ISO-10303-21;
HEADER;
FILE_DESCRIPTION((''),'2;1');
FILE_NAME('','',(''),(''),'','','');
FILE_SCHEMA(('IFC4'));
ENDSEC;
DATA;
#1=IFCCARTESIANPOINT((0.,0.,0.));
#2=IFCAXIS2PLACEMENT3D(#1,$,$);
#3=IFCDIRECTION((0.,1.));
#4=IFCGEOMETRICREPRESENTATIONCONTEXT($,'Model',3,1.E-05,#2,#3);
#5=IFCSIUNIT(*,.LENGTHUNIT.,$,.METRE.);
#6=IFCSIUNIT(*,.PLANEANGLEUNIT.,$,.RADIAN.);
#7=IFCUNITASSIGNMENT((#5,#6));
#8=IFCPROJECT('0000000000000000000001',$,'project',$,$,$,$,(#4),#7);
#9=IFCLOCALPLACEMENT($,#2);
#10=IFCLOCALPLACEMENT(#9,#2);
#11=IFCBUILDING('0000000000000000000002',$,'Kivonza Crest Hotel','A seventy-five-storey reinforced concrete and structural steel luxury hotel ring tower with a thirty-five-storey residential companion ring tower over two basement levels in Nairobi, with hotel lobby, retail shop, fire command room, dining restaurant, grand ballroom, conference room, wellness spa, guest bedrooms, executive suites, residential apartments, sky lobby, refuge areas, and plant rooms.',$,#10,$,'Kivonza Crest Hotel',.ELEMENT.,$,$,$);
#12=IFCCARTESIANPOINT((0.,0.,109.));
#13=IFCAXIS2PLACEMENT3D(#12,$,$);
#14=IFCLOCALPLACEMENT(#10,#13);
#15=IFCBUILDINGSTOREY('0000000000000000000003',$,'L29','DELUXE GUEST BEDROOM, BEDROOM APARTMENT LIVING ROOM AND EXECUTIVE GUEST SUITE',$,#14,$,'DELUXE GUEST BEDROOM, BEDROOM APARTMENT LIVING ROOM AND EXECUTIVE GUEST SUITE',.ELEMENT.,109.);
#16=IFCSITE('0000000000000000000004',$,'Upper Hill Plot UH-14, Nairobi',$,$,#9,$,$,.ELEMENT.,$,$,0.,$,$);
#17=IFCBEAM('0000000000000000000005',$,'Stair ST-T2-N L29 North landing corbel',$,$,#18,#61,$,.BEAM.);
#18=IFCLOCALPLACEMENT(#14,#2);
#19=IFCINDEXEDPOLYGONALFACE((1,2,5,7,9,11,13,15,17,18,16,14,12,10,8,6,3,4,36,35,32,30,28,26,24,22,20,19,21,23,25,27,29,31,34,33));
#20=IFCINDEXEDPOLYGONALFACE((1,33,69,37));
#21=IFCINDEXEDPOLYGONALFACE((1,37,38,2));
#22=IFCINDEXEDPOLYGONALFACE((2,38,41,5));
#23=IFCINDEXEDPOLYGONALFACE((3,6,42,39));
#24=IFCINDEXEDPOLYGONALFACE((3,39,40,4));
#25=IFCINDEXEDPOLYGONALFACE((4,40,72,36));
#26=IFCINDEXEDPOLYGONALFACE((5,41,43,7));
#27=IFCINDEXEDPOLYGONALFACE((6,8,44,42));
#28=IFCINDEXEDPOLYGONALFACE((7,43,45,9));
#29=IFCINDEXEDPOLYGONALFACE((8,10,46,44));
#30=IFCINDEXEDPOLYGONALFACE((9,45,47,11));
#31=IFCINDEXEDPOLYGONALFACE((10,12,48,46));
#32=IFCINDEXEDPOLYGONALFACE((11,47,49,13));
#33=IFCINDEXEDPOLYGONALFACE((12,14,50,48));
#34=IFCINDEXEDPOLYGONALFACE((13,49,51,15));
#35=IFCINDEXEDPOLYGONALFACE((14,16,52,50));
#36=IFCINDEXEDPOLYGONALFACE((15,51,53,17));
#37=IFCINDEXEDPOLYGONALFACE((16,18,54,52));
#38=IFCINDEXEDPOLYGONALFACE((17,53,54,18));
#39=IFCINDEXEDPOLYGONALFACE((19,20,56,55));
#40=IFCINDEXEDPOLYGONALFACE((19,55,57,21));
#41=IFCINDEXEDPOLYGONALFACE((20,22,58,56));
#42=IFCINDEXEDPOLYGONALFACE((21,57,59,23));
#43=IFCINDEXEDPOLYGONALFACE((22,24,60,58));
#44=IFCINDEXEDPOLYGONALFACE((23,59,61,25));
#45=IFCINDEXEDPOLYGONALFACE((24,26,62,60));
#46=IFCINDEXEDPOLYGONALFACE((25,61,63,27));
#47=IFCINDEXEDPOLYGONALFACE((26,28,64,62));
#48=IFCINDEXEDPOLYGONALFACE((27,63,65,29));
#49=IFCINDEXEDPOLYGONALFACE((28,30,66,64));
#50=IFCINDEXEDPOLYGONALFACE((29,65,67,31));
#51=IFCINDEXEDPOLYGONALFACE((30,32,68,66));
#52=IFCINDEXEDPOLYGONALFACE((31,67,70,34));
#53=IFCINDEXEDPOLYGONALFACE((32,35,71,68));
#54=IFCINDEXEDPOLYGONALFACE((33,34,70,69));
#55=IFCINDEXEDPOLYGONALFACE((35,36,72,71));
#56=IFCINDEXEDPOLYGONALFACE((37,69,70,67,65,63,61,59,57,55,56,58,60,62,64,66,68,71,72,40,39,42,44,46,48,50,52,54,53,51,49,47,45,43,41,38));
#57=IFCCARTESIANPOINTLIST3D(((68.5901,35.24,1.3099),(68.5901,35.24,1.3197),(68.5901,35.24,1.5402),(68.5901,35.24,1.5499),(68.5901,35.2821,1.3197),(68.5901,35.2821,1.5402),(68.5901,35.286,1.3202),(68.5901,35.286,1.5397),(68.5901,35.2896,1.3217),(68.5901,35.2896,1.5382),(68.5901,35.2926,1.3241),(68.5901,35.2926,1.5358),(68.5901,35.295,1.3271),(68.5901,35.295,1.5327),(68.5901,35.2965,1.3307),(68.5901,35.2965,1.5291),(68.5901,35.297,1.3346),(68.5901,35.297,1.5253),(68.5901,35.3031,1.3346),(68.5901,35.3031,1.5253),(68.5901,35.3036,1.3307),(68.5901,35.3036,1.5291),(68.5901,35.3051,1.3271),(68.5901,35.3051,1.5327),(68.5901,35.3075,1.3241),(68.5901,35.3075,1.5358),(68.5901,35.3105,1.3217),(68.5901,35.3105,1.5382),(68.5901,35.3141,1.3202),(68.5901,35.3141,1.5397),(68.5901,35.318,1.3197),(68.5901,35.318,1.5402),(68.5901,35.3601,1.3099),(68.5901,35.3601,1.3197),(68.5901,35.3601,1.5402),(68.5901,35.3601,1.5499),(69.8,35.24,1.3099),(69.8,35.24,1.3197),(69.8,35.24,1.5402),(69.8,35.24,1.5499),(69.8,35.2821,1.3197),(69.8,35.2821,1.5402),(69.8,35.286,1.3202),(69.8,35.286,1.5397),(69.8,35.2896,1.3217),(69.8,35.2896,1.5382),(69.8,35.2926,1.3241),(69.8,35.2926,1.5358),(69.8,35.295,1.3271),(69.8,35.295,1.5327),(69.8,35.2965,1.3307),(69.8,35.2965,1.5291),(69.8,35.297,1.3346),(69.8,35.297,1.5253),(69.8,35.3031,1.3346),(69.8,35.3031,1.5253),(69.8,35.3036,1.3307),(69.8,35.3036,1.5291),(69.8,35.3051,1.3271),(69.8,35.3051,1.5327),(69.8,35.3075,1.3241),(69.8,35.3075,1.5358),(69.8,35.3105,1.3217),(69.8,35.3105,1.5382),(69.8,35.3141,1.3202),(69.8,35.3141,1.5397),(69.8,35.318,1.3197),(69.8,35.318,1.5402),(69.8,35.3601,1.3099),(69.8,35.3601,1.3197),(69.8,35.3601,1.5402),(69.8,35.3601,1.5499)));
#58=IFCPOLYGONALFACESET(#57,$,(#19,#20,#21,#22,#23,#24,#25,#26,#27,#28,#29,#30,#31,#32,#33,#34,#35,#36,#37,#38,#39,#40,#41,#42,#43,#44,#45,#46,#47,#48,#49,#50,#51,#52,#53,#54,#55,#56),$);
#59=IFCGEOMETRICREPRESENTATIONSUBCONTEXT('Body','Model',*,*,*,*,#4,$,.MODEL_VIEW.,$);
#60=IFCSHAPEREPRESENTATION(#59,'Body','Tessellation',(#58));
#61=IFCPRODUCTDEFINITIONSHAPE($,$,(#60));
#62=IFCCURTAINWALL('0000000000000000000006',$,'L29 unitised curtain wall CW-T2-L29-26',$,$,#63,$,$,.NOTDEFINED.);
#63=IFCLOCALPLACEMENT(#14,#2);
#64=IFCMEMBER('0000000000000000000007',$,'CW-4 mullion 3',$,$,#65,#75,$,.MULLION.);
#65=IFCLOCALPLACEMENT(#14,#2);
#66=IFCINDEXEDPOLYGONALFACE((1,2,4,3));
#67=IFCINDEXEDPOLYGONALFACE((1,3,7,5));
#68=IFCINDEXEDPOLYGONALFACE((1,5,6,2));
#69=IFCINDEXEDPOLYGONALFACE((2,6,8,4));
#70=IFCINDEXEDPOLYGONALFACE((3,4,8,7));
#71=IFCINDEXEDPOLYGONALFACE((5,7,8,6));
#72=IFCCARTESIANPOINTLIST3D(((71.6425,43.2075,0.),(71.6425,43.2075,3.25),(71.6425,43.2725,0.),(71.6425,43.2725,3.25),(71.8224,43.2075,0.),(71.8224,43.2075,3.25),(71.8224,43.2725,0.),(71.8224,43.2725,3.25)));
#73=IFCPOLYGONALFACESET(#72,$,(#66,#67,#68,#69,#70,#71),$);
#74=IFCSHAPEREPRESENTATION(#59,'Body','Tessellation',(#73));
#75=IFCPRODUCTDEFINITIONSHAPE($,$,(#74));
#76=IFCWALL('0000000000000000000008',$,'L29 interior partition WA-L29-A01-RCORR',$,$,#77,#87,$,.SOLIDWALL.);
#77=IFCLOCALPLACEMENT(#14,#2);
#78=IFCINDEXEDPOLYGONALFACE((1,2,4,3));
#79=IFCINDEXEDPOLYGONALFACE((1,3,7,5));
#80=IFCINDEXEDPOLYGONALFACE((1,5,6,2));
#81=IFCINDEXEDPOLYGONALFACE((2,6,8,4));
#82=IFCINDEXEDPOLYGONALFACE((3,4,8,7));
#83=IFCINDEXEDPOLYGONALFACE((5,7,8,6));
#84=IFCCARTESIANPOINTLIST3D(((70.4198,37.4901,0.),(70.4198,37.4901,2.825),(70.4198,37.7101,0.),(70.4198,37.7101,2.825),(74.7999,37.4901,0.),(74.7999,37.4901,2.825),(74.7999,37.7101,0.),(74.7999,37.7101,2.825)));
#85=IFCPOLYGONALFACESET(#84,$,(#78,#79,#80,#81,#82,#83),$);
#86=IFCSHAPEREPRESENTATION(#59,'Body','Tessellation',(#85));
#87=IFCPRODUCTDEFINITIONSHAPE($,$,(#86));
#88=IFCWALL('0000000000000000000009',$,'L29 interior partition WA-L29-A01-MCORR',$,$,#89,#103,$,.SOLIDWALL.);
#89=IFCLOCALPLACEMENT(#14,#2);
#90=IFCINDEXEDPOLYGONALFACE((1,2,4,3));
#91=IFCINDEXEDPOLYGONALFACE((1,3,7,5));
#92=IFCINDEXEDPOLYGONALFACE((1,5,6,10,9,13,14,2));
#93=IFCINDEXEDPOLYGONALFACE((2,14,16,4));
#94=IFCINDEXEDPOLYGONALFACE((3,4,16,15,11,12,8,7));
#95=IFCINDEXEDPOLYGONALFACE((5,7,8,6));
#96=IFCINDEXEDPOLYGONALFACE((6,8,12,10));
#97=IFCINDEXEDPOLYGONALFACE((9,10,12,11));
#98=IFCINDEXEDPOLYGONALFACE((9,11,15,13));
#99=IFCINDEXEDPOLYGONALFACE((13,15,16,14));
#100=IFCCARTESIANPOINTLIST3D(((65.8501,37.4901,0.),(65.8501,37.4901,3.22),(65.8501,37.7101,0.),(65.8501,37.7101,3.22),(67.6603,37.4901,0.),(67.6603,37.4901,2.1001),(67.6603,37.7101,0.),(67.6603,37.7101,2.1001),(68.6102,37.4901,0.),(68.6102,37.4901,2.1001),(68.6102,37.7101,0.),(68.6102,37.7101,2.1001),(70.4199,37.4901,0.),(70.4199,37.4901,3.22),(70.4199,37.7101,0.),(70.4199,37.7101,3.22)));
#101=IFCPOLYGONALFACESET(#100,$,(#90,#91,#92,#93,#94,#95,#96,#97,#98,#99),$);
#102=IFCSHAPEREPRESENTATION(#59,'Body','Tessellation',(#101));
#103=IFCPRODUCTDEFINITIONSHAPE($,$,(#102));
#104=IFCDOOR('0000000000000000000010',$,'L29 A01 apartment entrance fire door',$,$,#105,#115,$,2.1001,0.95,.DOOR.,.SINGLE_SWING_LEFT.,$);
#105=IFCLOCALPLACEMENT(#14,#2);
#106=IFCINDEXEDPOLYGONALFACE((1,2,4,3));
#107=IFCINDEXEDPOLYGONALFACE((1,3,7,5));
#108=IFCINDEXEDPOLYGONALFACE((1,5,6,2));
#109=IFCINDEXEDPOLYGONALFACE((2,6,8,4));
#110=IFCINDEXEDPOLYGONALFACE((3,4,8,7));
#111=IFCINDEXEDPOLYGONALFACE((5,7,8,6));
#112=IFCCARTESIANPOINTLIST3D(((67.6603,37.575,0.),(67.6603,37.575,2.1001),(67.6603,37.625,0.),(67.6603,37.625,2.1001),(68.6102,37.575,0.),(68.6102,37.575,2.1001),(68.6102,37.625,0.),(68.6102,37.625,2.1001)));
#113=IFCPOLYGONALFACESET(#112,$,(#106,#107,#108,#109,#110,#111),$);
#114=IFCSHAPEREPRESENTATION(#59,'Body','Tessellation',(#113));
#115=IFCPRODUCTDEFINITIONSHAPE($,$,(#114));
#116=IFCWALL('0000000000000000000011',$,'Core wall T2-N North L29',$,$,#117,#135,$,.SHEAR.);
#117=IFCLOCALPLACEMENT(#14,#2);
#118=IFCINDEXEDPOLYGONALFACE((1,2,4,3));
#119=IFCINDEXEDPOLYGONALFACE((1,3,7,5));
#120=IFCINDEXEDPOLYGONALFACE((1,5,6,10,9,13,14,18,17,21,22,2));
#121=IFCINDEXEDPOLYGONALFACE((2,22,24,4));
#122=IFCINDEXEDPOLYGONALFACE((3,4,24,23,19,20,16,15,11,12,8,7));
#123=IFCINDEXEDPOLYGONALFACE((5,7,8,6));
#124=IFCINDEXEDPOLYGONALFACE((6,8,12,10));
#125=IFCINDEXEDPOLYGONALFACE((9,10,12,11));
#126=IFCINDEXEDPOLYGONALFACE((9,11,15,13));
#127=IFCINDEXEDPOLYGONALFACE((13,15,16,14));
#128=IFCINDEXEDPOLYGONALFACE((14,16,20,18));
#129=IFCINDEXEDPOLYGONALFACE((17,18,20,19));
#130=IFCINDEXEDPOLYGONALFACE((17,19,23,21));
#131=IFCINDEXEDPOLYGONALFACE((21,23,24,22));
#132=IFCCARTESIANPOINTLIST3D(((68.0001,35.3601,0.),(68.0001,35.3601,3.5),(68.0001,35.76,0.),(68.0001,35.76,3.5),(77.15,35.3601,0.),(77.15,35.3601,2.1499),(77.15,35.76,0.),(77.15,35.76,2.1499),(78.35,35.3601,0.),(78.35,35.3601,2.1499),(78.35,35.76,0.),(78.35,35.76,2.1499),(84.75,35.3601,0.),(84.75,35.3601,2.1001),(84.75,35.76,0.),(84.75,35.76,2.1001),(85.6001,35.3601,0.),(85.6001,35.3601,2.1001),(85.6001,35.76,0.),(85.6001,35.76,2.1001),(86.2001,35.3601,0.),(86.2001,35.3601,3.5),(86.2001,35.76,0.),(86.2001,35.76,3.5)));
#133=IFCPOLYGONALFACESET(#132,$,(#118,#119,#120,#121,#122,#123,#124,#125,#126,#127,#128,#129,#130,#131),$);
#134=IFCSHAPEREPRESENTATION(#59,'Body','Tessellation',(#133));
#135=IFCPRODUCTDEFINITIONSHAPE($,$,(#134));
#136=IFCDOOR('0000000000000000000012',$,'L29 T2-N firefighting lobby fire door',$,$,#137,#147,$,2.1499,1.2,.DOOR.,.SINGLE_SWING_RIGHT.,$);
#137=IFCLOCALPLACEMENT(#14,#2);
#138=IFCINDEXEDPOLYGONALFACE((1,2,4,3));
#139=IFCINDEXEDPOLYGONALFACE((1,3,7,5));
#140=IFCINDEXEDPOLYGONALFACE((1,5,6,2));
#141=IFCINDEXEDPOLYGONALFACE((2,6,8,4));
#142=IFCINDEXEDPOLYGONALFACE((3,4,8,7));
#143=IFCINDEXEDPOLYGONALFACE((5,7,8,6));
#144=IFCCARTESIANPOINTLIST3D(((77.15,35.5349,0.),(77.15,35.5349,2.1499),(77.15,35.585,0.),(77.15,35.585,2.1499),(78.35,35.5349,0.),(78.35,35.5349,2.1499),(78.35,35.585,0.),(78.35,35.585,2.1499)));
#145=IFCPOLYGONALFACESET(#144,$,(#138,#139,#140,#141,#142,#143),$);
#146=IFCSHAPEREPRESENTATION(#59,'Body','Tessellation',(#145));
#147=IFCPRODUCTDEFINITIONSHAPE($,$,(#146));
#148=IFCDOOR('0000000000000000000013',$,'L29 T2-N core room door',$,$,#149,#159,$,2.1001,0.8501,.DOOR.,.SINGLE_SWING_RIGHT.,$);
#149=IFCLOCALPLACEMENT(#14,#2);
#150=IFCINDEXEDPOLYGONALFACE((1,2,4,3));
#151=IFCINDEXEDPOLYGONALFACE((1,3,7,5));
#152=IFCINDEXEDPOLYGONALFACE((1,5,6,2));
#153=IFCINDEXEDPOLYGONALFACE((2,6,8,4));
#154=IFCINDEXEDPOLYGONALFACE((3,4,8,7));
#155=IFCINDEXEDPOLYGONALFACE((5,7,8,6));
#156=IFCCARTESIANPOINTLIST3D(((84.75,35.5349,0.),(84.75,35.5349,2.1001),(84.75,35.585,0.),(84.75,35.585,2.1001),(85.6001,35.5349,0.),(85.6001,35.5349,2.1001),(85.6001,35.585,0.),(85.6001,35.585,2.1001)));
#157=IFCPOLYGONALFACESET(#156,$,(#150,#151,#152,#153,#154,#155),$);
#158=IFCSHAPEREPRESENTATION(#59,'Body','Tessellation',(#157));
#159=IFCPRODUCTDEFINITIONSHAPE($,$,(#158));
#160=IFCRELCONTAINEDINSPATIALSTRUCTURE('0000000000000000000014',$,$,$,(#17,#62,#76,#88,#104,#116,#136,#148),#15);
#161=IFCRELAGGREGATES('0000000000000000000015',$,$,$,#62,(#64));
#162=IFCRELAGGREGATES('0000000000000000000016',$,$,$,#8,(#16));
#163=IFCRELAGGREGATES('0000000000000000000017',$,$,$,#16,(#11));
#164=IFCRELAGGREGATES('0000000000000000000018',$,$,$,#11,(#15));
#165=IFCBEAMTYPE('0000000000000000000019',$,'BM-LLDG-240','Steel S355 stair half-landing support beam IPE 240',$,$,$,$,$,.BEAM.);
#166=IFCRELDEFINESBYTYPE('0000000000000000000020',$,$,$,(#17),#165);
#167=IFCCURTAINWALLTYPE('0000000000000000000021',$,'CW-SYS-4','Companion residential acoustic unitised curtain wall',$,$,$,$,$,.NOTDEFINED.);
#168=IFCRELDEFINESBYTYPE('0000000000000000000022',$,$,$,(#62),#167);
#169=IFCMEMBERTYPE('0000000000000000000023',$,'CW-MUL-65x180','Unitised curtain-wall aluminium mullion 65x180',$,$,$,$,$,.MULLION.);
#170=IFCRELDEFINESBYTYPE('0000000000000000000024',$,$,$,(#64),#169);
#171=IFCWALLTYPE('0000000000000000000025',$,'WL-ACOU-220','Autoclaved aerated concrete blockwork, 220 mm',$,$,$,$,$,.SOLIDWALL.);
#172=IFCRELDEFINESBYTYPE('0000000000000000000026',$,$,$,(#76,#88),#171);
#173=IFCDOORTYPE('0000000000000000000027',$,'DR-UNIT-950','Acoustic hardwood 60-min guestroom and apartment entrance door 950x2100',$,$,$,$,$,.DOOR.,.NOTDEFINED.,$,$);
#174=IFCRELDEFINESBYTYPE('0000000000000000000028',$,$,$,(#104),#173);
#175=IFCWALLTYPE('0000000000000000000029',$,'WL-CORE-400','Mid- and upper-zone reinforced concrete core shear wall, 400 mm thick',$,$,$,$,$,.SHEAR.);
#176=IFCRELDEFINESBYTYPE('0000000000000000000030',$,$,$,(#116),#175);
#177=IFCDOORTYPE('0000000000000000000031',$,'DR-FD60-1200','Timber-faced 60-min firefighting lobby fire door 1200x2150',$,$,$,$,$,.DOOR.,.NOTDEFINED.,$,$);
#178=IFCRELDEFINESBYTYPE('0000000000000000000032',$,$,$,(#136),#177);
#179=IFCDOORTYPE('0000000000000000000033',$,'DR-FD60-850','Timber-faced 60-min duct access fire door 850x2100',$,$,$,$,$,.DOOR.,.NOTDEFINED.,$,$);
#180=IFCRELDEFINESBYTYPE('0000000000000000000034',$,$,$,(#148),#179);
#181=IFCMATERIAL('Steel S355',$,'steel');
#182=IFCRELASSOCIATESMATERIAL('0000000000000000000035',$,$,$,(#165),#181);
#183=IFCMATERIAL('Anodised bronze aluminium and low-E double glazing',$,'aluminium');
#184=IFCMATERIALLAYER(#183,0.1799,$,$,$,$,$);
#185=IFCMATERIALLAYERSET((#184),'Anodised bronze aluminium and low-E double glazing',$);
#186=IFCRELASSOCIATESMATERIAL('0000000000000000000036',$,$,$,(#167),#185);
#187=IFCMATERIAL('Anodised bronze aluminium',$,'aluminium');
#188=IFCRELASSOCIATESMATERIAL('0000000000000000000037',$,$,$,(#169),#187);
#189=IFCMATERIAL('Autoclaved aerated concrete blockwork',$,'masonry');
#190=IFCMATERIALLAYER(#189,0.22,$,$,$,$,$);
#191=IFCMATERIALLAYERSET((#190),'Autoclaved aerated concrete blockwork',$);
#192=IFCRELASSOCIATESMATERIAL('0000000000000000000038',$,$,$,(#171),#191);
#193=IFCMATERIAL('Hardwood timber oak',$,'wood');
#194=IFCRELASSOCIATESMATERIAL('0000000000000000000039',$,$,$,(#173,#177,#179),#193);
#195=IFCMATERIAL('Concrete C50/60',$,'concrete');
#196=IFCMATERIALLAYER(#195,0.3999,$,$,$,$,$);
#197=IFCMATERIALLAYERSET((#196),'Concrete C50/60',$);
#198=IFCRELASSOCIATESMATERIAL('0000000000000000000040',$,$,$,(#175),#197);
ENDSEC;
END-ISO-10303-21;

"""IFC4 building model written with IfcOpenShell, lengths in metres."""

from ifc_helpers import new_model, si_unit, direction, frame, frame_2d, origin, origin_2d, place, context, subcontext, project, spatial, rectangle, i_section, extrude, material, layer, layer_set, material_profile, profile_set, type_object, element, fill, aggregate, save


model = new_model("IFC4")

# Units and contexts
model_context = context("Model", 3, precision=1e-05, world=origin(), true_north=direction((0.0, 1.0)))
body_context = subcontext(model_context, "Body", "Model", "MODEL_VIEW")
ifc_project = project(units=[si_unit("LENGTHUNIT", "METRE"), si_unit("PLANEANGLEUNIT", "RADIAN")], contexts=[model_context])

# Site, building, storey
site_placement = place(None, origin())
site = spatial("IfcSite", under=ifc_project, at=site_placement, Name="Upper Hill Plot UH-14, Nairobi", CompositionType="ELEMENT", RefElevation=0.0)
building_placement = place(site_placement, origin())
building = spatial("IfcBuilding", under=site, at=building_placement, Name="Kivonza Crest Hotel", Description="A seventy-five-storey reinforced concrete and structural steel luxury hotel ring tower with a thirty-five-storey residential companion ring tower over two basement levels in Nairobi, with hotel lobby, retail shop, fire command room, dining restaurant, grand ballroom, conference room, wellness spa, guest bedrooms, executive suites, residential apartments, sky lobby, refuge areas, and plant rooms.", LongName="Kivonza Crest Hotel", CompositionType="ELEMENT")
storey_placement = place(building_placement, frame((0.0, 0.0, 109.0)))
storey = spatial("IfcBuildingStorey", under=building, at=storey_placement, Name="L29", Description="DELUXE GUEST BEDROOM, BEDROOM APARTMENT LIVING ROOM AND EXECUTIVE GUEST SUITE", LongName="DELUXE GUEST BEDROOM, BEDROOM APARTMENT LIVING ROOM AND EXECUTIVE GUEST SUITE", CompositionType="ELEMENT", Elevation=109.0)

# Shared definitions
ifc_material_1 = material(Name="Concrete C50/60", Category="concrete")

# Beam
ifc_material_2 = material(Name="Steel S355", Category="steel")
ifc_material_profile_1 = material_profile(ifc_material_2, i_section(OverallWidth=0.1201, OverallDepth=0.24, WebThickness=0.0061, FlangeThickness=0.0098, FilletRadius=0.0149, at=origin_2d()), Name="IPE 240")
ifc_profile_set_1 = profile_set([ifc_material_profile_1], Name="Steel S355")
beam_type_1 = type_object("IfcBeamType", Name="BM-LLDG-240", Description="Steel S355 stair half-landing support beam IPE 240", PredefinedType="BEAM", material=ifc_profile_set_1)
beam_1_placement = place(storey_placement, frame((68.5901, 35.3, 1.4299), z_axis=(1.0, 0.0, 0.0), x_axis=(0.0, 1.0, 0.0)))
element("IfcBeam", 1, at=beam_1_placement, inside=storey, type_object=beam_type_1, Name="Stair ST-T2-N L29 North landing corbel", PredefinedType="BEAM", context=body_context, shape_type="SweptSolid", body=[
    extrude(i_section(OverallWidth=0.1201, OverallDepth=0.24, WebThickness=0.0061, FlangeThickness=0.0098, FilletRadius=0.0149, at=origin_2d()), origin(), (0.0, 0.0, 1.0), 1.21),
])

# Curtain wall, member
ifc_material_3 = material(Name="Anodised bronze aluminium and low-E double glazing", Category="aluminium")
ifc_layer_1 = layer(ifc_material_3, 0.1799)
ifc_layer_set_1 = layer_set([ifc_layer_1], Name="Anodised bronze aluminium and low-E double glazing")
curtain_wall_type = type_object("IfcCurtainWallType", Name="CW-SYS-4", Description="Companion residential acoustic unitised curtain wall", PredefinedType="NOTDEFINED", material=ifc_layer_set_1)
curtain_wall_placement = place(storey_placement, origin())
curtain_wall = element("IfcCurtainWall", 2, at=curtain_wall_placement, inside=storey, type_object=curtain_wall_type, Name="L29 unitised curtain wall CW-T2-L29-26", PredefinedType="NOTDEFINED")
ifc_material_4 = material(Name="Anodised bronze aluminium", Category="aluminium")
ifc_material_profile_2 = material_profile(ifc_material_4, rectangle(XDim=0.0649, YDim=0.1799, at=origin_2d()), Name="CW-M 65x180")
ifc_profile_set_2 = profile_set([ifc_material_profile_2], Name="Anodised bronze aluminium")
member_type = type_object("IfcMemberType", Name="CW-MUL-65x180", Description="Unitised curtain-wall aluminium mullion 65x180", PredefinedType="MULLION", material=ifc_profile_set_2)
member_placement = place(storey_placement, frame((71.7324, 43.24, 0.0), z_axis=(0.0, 0.0, 1.0), x_axis=(0.0, -1.0, 0.0)))
member = element("IfcMember", 3, at=member_placement, type_object=member_type, Name="CW-4 mullion 3", PredefinedType="MULLION", context=body_context, shape_type="SweptSolid", body=[
    extrude(rectangle(XDim=0.0649, YDim=0.1799, at=origin_2d()), origin(), (0.0, 0.0, 1.0), 3.25),
])
aggregate(curtain_wall, [member])

# Wall
ifc_material_5 = material(Name="Autoclaved aerated concrete blockwork", Category="masonry")
ifc_layer_2 = layer(ifc_material_5, 0.22)
ifc_layer_set_2 = layer_set([ifc_layer_2], Name="Autoclaved aerated concrete blockwork")
wall_type_1 = type_object("IfcWallType", Name="WL-ACOU-220", Description="Autoclaved aerated concrete blockwork, 220 mm", PredefinedType="SOLIDWALL", material=ifc_layer_set_2)
wall_1_placement = place(storey_placement, frame((70.4199, 37.6001, 0.0), z_axis=(0.0, 0.0, 1.0), x_axis=(1.0, 0.0, 0.0)))
element("IfcWall", 4, at=wall_1_placement, inside=storey, type_object=wall_type_1, Name="L29 interior partition WA-L29-A01-RCORR", PredefinedType="SOLIDWALL", context=body_context, shape_type="SweptSolid", body=[
    extrude(rectangle(XDim=4.3801, YDim=0.22, at=frame_2d((2.1899, 0.0))), origin(), (0.0, 0.0, 1.0), 2.825),
])

# Wall, opening, door
wall_2_placement = place(storey_placement, frame((65.8501, 37.6001, 0.0), z_axis=(0.0, 0.0, 1.0), x_axis=(1.0, 0.0, 0.0)))
wall_2 = element("IfcWall", 5, at=wall_2_placement, inside=storey, type_object=wall_type_1, Name="L29 interior partition WA-L29-A01-MCORR", PredefinedType="SOLIDWALL", context=body_context, shape_type="SweptSolid", body=[
    extrude(rectangle(XDim=4.5698, YDim=0.22, at=frame_2d((2.2849, 0.0))), origin(), (0.0, 0.0, 1.0), 3.22),
])
opening_1_placement = place(wall_2_placement, frame((1.8101, 0.0, 0.0)))
opening_1 = element("IfcOpeningElement", 6, at=opening_1_placement, cuts=wall_2, PredefinedType="OPENING", context=body_context, shape_type="SweptSolid", body=[
    extrude(rectangle(XDim=0.95, YDim=2.1001, at=frame_2d((0.4751, 1.05))), frame((0.0, 0.1201, 0.0), z_axis=(0.0, -1.0, 0.0), x_axis=(1.0, 0.0, 0.0)), (0.0, 0.0, 1.0), 0.24),
])
ifc_material_6 = material(Name="Hardwood timber oak", Category="wood")
door_type_1 = type_object("IfcDoorType", Name="DR-UNIT-950", Description="Acoustic hardwood 60-min guestroom and apartment entrance door 950x2100", OperationType="NOTDEFINED", PredefinedType="DOOR", material=ifc_material_6)
door_1_placement = place(opening_1_placement, origin())
door_1 = element("IfcDoor", 7, at=door_1_placement, inside=storey, type_object=door_type_1, Name="L29 A01 apartment entrance fire door", OperationType="SINGLE_SWING_LEFT", OverallHeight=2.1001, OverallWidth=0.95, PredefinedType="DOOR", context=body_context, shape_type="SweptSolid", body=[
    extrude(rectangle(XDim=0.95, YDim=2.1001, at=frame_2d((0.4751, 1.05))), frame((0.0, 0.0249, 0.0), z_axis=(0.0, -1.0, 0.0), x_axis=(1.0, 0.0, 0.0)), (0.0, 0.0, 1.0), 0.05),
])
fill(opening_1, door_1)

# Wall, openings, doors
ifc_layer_3 = layer(ifc_material_1, 0.3999)
ifc_layer_set_3 = layer_set([ifc_layer_3], Name="Concrete C50/60")
wall_type_2 = type_object("IfcWallType", Name="WL-CORE-400", Description="Mid- and upper-zone reinforced concrete core shear wall, 400 mm thick", PredefinedType="SHEAR", material=ifc_layer_set_3)
wall_3_placement = place(storey_placement, frame((68.0, 35.5601, 0.0), z_axis=(0.0, 0.0, 1.0), x_axis=(1.0, 0.0, 0.0)))
wall_3 = element("IfcWall", 8, at=wall_3_placement, inside=storey, type_object=wall_type_2, Name="Core wall T2-N North L29", PredefinedType="SHEAR", context=body_context, shape_type="SweptSolid", body=[
    extrude(rectangle(XDim=18.2, YDim=0.3999, at=frame_2d((9.1001, 0.0))), origin(), (0.0, 0.0, 1.0), 3.5),
])
opening_2_placement = place(wall_3_placement, frame((9.1499, 0.0, 0.0)))
opening_2 = element("IfcOpeningElement", 9, at=opening_2_placement, cuts=wall_3, PredefinedType="OPENING", context=body_context, shape_type="SweptSolid", body=[
    extrude(rectangle(XDim=1.2, YDim=2.1499, at=frame_2d((0.6001, 1.075))), frame((0.0, 0.21, 0.0), z_axis=(0.0, -1.0, 0.0), x_axis=(1.0, 0.0, 0.0)), (0.0, 0.0, 1.0), 0.4199),
])
opening_3_placement = place(wall_3_placement, frame((16.75, 0.0, 0.0)))
opening_3 = element("IfcOpeningElement", 10, at=opening_3_placement, cuts=wall_3, PredefinedType="OPENING", context=body_context, shape_type="SweptSolid", body=[
    extrude(rectangle(XDim=0.8501, YDim=2.1001, at=frame_2d((0.425, 1.05))), frame((0.0, 0.21, 0.0), z_axis=(0.0, -1.0, 0.0), x_axis=(1.0, 0.0, 0.0)), (0.0, 0.0, 1.0), 0.4199),
])
door_type_2 = type_object("IfcDoorType", Name="DR-FD60-1200", Description="Timber-faced 60-min firefighting lobby fire door 1200x2150", OperationType="NOTDEFINED", PredefinedType="DOOR", material=ifc_material_6)
door_2_placement = place(opening_2_placement, origin())
door_2 = element("IfcDoor", 11, at=door_2_placement, inside=storey, type_object=door_type_2, Name="L29 T2-N firefighting lobby fire door", OperationType="SINGLE_SWING_RIGHT", OverallHeight=2.1499, OverallWidth=1.2, PredefinedType="DOOR", context=body_context, shape_type="SweptSolid", body=[
    extrude(rectangle(XDim=1.2, YDim=2.1499, at=frame_2d((0.6001, 1.075))), frame((0.0, 0.0249, 0.0), z_axis=(0.0, -1.0, 0.0), x_axis=(1.0, 0.0, 0.0)), (0.0, 0.0, 1.0), 0.05),
])
fill(opening_2, door_2)
door_type_3 = type_object("IfcDoorType", Name="DR-FD60-850", Description="Timber-faced 60-min duct access fire door 850x2100", OperationType="NOTDEFINED", PredefinedType="DOOR", material=ifc_material_6)
door_3_placement = place(opening_3_placement, origin())
door_3 = element("IfcDoor", 12, at=door_3_placement, inside=storey, type_object=door_type_3, Name="L29 T2-N core room door", OperationType="SINGLE_SWING_RIGHT", OverallHeight=2.1001, OverallWidth=0.8501, PredefinedType="DOOR", context=body_context, shape_type="SweptSolid", body=[
    extrude(rectangle(XDim=0.8501, YDim=2.1001, at=frame_2d((0.425, 1.05))), frame((0.0, 0.0249, 0.0), z_axis=(0.0, -1.0, 0.0), x_axis=(1.0, 0.0, 0.0)), (0.0, 0.0, 1.0), 0.05),
])
fill(opening_3, door_3)

save(model, "model.ifc")
